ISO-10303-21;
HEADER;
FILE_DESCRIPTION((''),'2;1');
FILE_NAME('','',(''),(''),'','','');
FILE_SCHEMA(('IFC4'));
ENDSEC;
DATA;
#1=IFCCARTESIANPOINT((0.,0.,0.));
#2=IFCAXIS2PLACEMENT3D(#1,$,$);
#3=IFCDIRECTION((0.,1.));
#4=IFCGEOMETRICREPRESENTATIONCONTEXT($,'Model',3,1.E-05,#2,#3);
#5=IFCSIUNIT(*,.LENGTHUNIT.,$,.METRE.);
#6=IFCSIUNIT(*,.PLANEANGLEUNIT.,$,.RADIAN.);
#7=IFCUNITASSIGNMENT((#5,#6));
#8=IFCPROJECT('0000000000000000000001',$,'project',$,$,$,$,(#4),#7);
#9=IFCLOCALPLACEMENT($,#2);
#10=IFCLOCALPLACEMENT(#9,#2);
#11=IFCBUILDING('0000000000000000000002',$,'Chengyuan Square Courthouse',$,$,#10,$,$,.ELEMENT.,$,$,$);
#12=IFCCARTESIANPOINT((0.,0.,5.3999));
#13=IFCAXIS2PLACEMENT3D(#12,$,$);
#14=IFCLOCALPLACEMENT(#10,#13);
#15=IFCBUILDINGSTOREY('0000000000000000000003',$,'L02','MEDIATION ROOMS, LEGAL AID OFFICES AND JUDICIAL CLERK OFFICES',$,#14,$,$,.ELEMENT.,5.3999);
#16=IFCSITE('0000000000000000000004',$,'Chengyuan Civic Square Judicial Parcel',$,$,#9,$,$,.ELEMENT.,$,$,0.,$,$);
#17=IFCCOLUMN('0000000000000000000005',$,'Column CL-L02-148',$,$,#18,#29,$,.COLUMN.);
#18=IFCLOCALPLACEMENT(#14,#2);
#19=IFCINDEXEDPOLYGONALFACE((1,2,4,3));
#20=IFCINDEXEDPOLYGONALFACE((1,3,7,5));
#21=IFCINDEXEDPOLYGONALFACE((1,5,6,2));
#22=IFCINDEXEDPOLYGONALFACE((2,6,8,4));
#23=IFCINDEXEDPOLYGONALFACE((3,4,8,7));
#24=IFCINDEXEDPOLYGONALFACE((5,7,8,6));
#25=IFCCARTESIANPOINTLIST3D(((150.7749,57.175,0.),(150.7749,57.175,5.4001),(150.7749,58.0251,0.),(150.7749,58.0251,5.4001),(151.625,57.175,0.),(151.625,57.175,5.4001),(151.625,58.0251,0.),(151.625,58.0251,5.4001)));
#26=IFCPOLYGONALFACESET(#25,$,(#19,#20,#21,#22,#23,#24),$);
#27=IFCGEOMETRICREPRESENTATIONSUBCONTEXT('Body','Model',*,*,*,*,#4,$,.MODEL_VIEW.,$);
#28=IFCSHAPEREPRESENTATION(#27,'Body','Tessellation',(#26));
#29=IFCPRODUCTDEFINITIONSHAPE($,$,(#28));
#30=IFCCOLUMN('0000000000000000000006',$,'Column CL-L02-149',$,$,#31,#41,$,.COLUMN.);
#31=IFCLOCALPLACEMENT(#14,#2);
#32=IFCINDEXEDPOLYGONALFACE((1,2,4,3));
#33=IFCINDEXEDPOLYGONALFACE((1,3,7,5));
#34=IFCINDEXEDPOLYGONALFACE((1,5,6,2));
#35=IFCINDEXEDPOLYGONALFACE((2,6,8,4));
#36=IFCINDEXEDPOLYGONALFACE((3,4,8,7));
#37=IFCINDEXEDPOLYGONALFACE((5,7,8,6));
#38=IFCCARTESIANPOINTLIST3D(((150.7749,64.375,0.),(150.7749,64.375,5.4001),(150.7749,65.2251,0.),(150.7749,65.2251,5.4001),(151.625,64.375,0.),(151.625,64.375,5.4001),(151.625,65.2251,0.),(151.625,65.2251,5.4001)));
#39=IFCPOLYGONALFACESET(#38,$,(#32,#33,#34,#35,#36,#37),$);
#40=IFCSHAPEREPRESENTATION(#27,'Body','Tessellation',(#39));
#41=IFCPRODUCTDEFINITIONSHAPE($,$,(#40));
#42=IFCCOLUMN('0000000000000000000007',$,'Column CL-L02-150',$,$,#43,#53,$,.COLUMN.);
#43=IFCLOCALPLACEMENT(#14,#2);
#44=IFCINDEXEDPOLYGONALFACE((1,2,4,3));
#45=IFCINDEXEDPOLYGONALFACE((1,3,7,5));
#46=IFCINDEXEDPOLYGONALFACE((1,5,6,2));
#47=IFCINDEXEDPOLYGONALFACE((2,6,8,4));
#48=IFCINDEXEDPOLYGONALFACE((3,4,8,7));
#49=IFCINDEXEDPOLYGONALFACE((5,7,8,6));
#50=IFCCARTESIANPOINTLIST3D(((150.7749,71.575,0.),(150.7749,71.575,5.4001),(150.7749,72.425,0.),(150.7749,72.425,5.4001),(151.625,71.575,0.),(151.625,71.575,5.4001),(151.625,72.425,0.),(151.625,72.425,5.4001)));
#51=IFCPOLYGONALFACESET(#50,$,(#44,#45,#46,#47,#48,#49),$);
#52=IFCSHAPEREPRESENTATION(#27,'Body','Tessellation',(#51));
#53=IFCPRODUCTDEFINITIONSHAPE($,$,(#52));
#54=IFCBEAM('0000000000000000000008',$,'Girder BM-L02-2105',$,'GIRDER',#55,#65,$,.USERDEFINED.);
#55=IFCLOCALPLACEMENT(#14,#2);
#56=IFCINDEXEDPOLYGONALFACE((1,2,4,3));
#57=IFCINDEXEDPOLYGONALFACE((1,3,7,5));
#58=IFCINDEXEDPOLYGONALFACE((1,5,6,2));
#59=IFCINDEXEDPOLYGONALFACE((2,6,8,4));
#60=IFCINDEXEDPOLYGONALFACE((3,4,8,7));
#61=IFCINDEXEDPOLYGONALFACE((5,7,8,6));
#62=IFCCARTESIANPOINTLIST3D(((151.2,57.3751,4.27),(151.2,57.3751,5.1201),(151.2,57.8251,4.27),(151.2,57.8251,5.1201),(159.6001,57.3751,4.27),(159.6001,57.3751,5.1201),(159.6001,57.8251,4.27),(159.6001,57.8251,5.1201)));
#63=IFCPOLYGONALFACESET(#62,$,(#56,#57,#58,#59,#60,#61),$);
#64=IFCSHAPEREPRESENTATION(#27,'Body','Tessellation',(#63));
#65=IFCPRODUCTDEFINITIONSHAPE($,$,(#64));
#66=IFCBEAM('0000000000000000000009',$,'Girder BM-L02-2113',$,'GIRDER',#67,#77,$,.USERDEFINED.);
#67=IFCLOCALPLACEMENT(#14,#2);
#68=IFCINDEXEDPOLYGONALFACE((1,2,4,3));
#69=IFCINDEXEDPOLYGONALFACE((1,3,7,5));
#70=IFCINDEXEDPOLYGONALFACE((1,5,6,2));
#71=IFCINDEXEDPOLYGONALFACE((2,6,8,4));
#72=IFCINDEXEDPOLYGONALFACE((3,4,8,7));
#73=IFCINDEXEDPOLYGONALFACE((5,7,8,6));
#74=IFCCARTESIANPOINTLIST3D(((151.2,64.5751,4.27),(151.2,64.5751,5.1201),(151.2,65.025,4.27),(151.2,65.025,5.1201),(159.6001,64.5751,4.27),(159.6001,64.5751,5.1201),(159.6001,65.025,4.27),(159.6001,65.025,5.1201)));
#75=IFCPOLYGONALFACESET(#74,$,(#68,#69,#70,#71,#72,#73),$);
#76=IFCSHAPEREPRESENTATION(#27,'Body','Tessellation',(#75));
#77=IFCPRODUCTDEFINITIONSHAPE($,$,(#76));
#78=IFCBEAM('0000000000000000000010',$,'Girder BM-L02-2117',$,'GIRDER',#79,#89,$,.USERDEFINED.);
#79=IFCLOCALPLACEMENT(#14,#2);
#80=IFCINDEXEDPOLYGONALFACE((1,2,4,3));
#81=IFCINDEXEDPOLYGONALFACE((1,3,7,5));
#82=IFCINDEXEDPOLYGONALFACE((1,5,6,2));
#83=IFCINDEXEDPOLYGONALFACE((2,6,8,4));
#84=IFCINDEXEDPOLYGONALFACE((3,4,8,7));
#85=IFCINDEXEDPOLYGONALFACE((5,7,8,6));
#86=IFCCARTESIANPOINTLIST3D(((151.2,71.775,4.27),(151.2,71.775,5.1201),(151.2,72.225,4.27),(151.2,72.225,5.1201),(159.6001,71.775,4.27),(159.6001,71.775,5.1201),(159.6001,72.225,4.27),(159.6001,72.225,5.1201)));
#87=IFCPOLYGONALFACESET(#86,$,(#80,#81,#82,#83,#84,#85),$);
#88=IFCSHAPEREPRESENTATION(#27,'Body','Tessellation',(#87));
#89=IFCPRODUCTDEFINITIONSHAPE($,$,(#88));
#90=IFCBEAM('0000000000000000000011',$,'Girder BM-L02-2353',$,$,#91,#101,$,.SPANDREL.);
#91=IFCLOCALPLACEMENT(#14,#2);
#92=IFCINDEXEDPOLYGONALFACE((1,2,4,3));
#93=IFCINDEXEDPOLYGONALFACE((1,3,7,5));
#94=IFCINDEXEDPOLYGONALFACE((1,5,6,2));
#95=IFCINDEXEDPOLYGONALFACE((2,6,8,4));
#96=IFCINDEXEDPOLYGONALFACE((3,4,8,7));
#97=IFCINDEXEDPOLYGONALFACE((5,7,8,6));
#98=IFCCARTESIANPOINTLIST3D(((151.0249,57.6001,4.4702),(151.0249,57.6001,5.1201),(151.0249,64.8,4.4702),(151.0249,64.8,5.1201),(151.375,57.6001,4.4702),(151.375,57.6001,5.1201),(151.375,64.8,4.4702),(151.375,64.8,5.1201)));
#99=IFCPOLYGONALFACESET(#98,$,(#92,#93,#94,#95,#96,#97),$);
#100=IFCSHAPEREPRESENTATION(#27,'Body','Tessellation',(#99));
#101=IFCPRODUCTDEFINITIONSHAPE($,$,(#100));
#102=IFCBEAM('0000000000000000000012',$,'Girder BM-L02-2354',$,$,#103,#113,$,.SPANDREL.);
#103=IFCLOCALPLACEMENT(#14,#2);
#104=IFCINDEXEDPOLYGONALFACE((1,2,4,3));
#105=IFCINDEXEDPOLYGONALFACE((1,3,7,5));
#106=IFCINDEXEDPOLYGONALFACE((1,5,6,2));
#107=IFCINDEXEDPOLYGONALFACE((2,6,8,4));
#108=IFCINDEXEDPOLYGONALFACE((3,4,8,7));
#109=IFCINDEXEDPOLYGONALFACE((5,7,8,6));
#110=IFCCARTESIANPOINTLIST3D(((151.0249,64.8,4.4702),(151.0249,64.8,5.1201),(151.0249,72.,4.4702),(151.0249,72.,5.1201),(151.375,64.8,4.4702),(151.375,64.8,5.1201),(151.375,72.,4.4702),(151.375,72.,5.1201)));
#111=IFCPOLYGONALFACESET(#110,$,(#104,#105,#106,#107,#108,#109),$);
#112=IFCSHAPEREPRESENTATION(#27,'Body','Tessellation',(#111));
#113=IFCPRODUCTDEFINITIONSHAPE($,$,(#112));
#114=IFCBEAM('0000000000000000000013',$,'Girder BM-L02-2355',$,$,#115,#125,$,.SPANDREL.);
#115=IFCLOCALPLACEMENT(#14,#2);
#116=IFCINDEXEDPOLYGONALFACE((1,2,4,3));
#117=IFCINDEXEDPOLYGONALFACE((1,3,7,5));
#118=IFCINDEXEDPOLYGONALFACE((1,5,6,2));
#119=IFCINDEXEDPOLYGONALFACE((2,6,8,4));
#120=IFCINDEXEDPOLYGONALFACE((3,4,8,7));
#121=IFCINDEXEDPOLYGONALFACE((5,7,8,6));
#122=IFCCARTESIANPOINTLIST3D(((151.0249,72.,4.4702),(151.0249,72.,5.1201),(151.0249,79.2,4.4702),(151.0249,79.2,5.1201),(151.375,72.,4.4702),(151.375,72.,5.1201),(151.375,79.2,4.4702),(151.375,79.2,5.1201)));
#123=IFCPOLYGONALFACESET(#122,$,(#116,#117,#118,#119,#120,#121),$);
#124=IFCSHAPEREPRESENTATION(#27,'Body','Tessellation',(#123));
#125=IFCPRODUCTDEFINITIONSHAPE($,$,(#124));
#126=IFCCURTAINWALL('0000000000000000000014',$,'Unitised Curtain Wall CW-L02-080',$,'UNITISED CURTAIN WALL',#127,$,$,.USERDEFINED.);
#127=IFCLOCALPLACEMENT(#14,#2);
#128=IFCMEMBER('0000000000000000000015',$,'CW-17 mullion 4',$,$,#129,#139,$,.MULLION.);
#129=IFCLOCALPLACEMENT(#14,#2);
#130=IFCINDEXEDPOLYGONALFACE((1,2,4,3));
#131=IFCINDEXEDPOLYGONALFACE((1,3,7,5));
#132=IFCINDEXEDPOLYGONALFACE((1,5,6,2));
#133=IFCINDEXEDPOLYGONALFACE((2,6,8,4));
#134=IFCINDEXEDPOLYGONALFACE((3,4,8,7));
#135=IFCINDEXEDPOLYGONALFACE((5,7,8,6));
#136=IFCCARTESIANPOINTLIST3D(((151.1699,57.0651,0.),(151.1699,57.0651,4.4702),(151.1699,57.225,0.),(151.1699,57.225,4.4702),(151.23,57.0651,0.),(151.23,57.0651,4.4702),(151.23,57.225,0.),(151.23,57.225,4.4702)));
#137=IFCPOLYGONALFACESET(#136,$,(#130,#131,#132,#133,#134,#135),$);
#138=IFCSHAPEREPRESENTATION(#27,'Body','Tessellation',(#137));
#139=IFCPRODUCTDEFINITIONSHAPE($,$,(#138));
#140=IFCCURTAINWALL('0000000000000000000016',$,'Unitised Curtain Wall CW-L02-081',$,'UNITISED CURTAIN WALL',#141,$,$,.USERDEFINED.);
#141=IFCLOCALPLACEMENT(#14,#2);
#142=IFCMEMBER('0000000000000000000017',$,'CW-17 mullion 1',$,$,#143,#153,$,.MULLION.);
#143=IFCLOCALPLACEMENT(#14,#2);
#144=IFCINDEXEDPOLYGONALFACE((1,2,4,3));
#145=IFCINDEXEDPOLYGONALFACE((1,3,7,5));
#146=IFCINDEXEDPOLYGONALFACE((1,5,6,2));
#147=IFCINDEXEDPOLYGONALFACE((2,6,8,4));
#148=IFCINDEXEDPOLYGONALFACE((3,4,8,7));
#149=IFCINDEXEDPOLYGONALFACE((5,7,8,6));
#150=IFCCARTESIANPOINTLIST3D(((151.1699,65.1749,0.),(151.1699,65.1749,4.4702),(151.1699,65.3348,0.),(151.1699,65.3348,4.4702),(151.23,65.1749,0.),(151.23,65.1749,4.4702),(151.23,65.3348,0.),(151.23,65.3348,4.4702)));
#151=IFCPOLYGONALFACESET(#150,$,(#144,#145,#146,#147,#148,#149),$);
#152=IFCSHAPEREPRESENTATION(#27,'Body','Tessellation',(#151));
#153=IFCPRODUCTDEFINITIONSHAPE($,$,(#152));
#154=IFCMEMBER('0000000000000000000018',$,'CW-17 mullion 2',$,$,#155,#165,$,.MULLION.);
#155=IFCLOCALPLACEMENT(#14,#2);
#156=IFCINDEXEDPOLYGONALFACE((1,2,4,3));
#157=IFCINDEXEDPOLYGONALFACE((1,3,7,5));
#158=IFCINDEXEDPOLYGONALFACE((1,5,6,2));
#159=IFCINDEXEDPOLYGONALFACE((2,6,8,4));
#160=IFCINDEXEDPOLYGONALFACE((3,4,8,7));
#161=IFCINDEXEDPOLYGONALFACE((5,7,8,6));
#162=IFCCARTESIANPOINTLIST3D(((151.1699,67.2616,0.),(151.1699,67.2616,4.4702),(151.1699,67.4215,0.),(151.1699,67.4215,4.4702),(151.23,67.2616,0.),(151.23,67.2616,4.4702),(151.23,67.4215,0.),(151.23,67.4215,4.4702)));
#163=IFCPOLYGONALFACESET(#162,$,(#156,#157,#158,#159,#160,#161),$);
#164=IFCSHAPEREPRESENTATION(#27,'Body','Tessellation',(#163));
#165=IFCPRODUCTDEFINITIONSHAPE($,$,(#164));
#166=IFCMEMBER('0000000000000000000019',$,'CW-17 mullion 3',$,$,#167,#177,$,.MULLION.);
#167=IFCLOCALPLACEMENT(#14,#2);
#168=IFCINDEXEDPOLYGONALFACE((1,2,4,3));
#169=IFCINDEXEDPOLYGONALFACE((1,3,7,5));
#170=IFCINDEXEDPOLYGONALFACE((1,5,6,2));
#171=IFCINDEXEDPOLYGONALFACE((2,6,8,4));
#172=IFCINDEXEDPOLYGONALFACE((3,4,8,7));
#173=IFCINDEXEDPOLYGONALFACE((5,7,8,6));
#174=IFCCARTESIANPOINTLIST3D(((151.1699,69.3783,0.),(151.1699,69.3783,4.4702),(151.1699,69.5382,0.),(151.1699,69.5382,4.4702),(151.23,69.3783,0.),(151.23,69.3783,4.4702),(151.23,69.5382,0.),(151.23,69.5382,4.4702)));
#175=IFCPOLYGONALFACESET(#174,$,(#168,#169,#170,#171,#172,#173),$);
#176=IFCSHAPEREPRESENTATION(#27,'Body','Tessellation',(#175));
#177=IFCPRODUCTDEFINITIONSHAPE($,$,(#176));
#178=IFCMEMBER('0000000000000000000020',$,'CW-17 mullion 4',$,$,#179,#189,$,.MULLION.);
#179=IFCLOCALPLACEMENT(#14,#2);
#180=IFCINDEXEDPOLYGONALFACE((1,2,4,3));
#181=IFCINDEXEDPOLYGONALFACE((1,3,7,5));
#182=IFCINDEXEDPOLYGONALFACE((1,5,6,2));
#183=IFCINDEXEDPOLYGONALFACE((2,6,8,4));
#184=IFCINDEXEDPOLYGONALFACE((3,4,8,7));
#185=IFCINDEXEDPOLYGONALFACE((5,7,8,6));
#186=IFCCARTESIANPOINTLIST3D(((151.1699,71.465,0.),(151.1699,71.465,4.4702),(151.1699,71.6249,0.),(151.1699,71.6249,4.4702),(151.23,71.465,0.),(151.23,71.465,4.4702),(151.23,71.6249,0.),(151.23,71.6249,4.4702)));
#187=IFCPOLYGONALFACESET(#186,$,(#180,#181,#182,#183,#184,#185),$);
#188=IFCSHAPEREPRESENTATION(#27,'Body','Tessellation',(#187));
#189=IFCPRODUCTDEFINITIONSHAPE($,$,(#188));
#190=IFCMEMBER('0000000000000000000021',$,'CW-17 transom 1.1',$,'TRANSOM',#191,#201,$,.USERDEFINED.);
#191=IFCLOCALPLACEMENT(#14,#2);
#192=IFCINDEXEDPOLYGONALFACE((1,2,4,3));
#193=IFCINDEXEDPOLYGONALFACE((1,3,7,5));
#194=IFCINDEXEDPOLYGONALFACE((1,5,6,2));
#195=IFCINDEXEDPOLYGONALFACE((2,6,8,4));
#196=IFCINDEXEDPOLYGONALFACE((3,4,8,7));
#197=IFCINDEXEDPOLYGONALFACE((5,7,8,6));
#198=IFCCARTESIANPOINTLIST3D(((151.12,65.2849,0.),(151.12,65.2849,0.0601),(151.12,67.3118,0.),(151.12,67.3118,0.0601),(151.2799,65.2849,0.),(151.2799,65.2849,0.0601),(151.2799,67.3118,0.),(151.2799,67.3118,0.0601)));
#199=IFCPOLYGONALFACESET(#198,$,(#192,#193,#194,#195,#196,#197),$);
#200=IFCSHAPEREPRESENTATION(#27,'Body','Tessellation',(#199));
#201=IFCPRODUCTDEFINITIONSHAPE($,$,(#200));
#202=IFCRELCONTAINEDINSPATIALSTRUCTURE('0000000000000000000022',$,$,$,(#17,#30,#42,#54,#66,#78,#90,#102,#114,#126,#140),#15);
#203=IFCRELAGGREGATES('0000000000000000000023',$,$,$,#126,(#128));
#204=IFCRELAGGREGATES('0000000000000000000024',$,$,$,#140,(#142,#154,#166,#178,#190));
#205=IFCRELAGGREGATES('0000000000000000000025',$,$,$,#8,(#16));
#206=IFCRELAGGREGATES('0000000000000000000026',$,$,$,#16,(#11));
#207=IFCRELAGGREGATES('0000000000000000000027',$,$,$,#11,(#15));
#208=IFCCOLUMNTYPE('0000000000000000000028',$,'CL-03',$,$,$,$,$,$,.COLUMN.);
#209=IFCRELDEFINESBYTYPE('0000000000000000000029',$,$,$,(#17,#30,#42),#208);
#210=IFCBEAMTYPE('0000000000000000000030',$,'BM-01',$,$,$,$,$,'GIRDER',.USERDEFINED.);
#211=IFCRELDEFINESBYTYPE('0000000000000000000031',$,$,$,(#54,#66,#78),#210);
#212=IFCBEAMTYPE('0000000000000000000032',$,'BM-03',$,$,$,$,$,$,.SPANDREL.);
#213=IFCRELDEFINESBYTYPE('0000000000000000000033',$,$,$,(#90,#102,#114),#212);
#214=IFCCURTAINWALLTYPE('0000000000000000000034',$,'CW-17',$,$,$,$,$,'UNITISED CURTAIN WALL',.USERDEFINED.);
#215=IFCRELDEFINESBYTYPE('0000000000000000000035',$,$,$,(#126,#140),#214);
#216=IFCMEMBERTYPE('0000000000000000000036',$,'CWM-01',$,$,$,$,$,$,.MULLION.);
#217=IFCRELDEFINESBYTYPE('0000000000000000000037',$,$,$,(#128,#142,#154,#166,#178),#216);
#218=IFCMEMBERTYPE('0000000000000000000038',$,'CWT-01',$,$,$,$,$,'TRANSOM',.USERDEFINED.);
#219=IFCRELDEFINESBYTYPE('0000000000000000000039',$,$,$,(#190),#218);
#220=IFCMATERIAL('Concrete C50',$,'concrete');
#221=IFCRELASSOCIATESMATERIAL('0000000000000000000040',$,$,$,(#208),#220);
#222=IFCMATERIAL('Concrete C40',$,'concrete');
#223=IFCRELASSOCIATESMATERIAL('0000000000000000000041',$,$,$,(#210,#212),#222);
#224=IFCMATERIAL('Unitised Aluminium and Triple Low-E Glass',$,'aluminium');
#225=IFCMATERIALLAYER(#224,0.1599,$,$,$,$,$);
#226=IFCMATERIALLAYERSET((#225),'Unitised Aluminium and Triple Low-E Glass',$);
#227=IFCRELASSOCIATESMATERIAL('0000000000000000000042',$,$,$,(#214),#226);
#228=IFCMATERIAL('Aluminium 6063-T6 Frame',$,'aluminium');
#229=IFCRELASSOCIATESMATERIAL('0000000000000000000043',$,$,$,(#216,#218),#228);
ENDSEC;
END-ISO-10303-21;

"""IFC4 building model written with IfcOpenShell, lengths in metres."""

from ifc_helpers import new_model, si_unit, direction, frame, origin, origin_2d, place, context, subcontext, project, spatial, rectangle, extrude, material, layer, layer_set, material_profile, profile_set, type_object, element, aggregate, save


model = new_model("IFC4")

# Units and contexts
model_context = context("Model", 3, precision=1e-05, world=origin(), true_north=direction((0.0, 1.0)))
body_context = subcontext(model_context, "Body", "Model", "MODEL_VIEW")
ifc_project = project(units=[si_unit("LENGTHUNIT", "METRE"), si_unit("PLANEANGLEUNIT", "RADIAN")], contexts=[model_context])

# Site, building, storey
site_placement = place(None, origin())
site = spatial("IfcSite", under=ifc_project, at=site_placement, Name="Chengyuan Civic Square Judicial Parcel", CompositionType="ELEMENT", RefElevation=0.0)
building_placement = place(site_placement, origin())
building = spatial("IfcBuilding", under=site, at=building_placement, Name="Chengyuan Square Courthouse", CompositionType="ELEMENT")
storey_placement = place(building_placement, frame((0.0, 0.0, 5.3999)))
storey = spatial("IfcBuildingStorey", under=building, at=storey_placement, Name="L02", Description="MEDIATION ROOMS, LEGAL AID OFFICES AND JUDICIAL CLERK OFFICES", CompositionType="ELEMENT", Elevation=5.3999)

# Columns
ifc_material_1 = material(Name="Concrete C50", Category="concrete")
ifc_material_profile_1 = material_profile(ifc_material_1, rectangle(XDim=0.8501, YDim=0.8501, at=origin_2d()), Name="RC-COL-850x850")
ifc_profile_set_1 = profile_set([ifc_material_profile_1], Name="Concrete C50")
column_type = type_object("IfcColumnType", Name="CL-03", PredefinedType="COLUMN", material=ifc_profile_set_1)
for number, where, z_axis, x_axis, name in (
    (1, (151.2, 57.6001, 0.0), (0.0, 0.0, 1.0), (1.0, 0.0, 0.0), "Column CL-L02-148"),
    (2, (151.2, 64.8, 0.0), (0.0, 0.0, 1.0), (1.0, 0.0, 0.0), "Column CL-L02-149"),
    (3, (151.2, 72.0, 0.0), (0.0, 0.0, 1.0), (1.0, 0.0, 0.0), "Column CL-L02-150"),
):
    element("IfcColumn", number, at=place(storey_placement, frame(where, z_axis=z_axis, x_axis=x_axis)), inside=storey, type_object=column_type, Name=name, PredefinedType="COLUMN", context=body_context, shape_type="SweptSolid", body=[
        extrude(rectangle(XDim=0.8501, YDim=0.8501, at=origin_2d()), origin(), (0.0, 0.0, 1.0), 5.4001),
    ])

# Beams
ifc_material_2 = material(Name="Concrete C40", Category="concrete")
ifc_material_profile_2 = material_profile(ifc_material_2, rectangle(XDim=0.45, YDim=0.8501, at=origin_2d()), Name="RC-BM-450x850")
ifc_profile_set_2 = profile_set([ifc_material_profile_2], Name="Concrete C40")
beam_type_1 = type_object("IfcBeamType", Name="BM-01", ElementType="GIRDER", PredefinedType="USERDEFINED", material=ifc_profile_set_2)
for number, where, z_axis, x_axis, name in (
    (4, (151.2, 57.6001, 4.6951), (1.0, 0.0, 0.0), (0.0, 1.0, 0.0), "Girder BM-L02-2105"),
    (5, (151.2, 64.8, 4.6951), (1.0, 0.0, 0.0), (0.0, 1.0, 0.0), "Girder BM-L02-2113"),
    (6, (151.2, 72.0, 4.6951), (1.0, 0.0, 0.0), (0.0, 1.0, 0.0), "Girder BM-L02-2117"),
):
    element("IfcBeam", number, at=place(storey_placement, frame(where, z_axis=z_axis, x_axis=x_axis)), inside=storey, type_object=beam_type_1, Name=name, ObjectType="GIRDER", PredefinedType="USERDEFINED", context=body_context, shape_type="SweptSolid", body=[
        extrude(rectangle(XDim=0.45, YDim=0.8501, at=origin_2d()), origin(), (0.0, 0.0, 1.0), 8.4001),
    ])
ifc_material_profile_3 = material_profile(ifc_material_2, rectangle(XDim=0.3501, YDim=0.6499, at=origin_2d()), Name="RC-BM-350x650")
ifc_profile_set_3 = profile_set([ifc_material_profile_3], Name="Concrete C40")
beam_type_2 = type_object("IfcBeamType", Name="BM-03", PredefinedType="SPANDREL", material=ifc_profile_set_3)
for number, where, z_axis, x_axis, name in (
    (7, (151.2, 57.6001, 4.7952), (0.0, 1.0, 0.0), (-1.0, 0.0, 0.0), "Girder BM-L02-2353"),
    (8, (151.2, 64.8, 4.7952), (0.0, 1.0, 0.0), (-1.0, 0.0, 0.0), "Girder BM-L02-2354"),
    (9, (151.2, 72.0, 4.7952), (0.0, 1.0, 0.0), (-1.0, 0.0, 0.0), "Girder BM-L02-2355"),
):
    element("IfcBeam", number, at=place(storey_placement, frame(where, z_axis=z_axis, x_axis=x_axis)), inside=storey, type_object=beam_type_2, Name=name, PredefinedType="SPANDREL", context=body_context, shape_type="SweptSolid", body=[
        extrude(rectangle(XDim=0.3501, YDim=0.6499, at=origin_2d()), origin(), (0.0, 0.0, 1.0), 7.2),
    ])

# Curtain wall, member
ifc_material_3 = material(Name="Unitised Aluminium and Triple Low-E Glass", Category="aluminium")
ifc_layer_1 = layer(ifc_material_3, 0.1599)
ifc_layer_set_1 = layer_set([ifc_layer_1], Name="Unitised Aluminium and Triple Low-E Glass")
curtain_wall_type = type_object("IfcCurtainWallType", Name="CW-17", ElementType="UNITISED CURTAIN WALL", PredefinedType="USERDEFINED", material=ifc_layer_set_1)
curtain_wall_1_placement = place(storey_placement, origin())
curtain_wall_1 = element("IfcCurtainWall", 10, at=curtain_wall_1_placement, inside=storey, type_object=curtain_wall_type, Name="Unitised Curtain Wall CW-L02-080", ObjectType="UNITISED CURTAIN WALL", PredefinedType="USERDEFINED")
ifc_material_4 = material(Name="Aluminium 6063-T6 Frame", Category="aluminium")
ifc_material_profile_4 = material_profile(ifc_material_4, rectangle(XDim=0.0601, YDim=0.1599, at=origin_2d()), Name="CW-MUL-60x160")
ifc_profile_set_4 = profile_set([ifc_material_profile_4], Name="Aluminium 6063-T6 Frame")
member_type_1 = type_object("IfcMemberType", Name="CWM-01", PredefinedType="MULLION", material=ifc_profile_set_4)
member_1_placement = place(storey_placement, frame((151.2, 57.145, 0.0), z_axis=(0.0, 0.0, 1.0), x_axis=(-1.0, 0.0, 0.0)))
member_1 = element("IfcMember", 11, at=member_1_placement, type_object=member_type_1, Name="CW-17 mullion 4", PredefinedType="MULLION", context=body_context, shape_type="SweptSolid", body=[
    extrude(rectangle(XDim=0.0601, YDim=0.1599, at=origin_2d()), origin(), (0.0, 0.0, 1.0), 4.4702),
])

# Curtain wall, members
curtain_wall_2_placement = place(storey_placement, origin())
curtain_wall_2 = element("IfcCurtainWall", 12, at=curtain_wall_2_placement, inside=storey, type_object=curtain_wall_type, Name="Unitised Curtain Wall CW-L02-081", ObjectType="UNITISED CURTAIN WALL", PredefinedType="USERDEFINED")
member_2_placement = place(storey_placement, frame((151.2, 65.2549, 0.0), z_axis=(0.0, 0.0, 1.0), x_axis=(-1.0, 0.0, 0.0)))
member_2 = element("IfcMember", 13, at=member_2_placement, type_object=member_type_1, Name="CW-17 mullion 1", PredefinedType="MULLION", context=body_context, shape_type="SweptSolid", body=[
    extrude(rectangle(XDim=0.0601, YDim=0.1599, at=origin_2d()), origin(), (0.0, 0.0, 1.0), 4.4702),
])
member_3_placement = place(storey_placement, frame((151.2, 67.3416, 0.0), z_axis=(0.0, 0.0, 1.0), x_axis=(-1.0, 0.0, 0.0)))
member_3 = element("IfcMember", 14, at=member_3_placement, type_object=member_type_1, Name="CW-17 mullion 2", PredefinedType="MULLION", context=body_context, shape_type="SweptSolid", body=[
    extrude(rectangle(XDim=0.0601, YDim=0.1599, at=origin_2d()), origin(), (0.0, 0.0, 1.0), 4.4702),
])
member_4_placement = place(storey_placement, frame((151.2, 69.4583, 0.0), z_axis=(0.0, 0.0, 1.0), x_axis=(-1.0, 0.0, 0.0)))
member_4 = element("IfcMember", 15, at=member_4_placement, type_object=member_type_1, Name="CW-17 mullion 3", PredefinedType="MULLION", context=body_context, shape_type="SweptSolid", body=[
    extrude(rectangle(XDim=0.0601, YDim=0.1599, at=origin_2d()), origin(), (0.0, 0.0, 1.0), 4.4702),
])
member_5_placement = place(storey_placement, frame((151.2, 71.5449, 0.0), z_axis=(0.0, 0.0, 1.0), x_axis=(-1.0, 0.0, 0.0)))
member_5 = element("IfcMember", 16, at=member_5_placement, type_object=member_type_1, Name="CW-17 mullion 4", PredefinedType="MULLION", context=body_context, shape_type="SweptSolid", body=[
    extrude(rectangle(XDim=0.0601, YDim=0.1599, at=origin_2d()), origin(), (0.0, 0.0, 1.0), 4.4702),
])
ifc_material_profile_5 = material_profile(ifc_material_4, rectangle(XDim=0.1599, YDim=0.0601, at=origin_2d()), Name="CW-TRN-60x120")
ifc_profile_set_5 = profile_set([ifc_material_profile_5], Name="Aluminium 6063-T6 Frame")
member_type_2 = type_object("IfcMemberType", Name="CWT-01", ElementType="TRANSOM", PredefinedType="USERDEFINED", material=ifc_profile_set_5)
member_6_placement = place(storey_placement, frame((151.2, 65.2849, 0.03), z_axis=(0.0, 1.0, 0.0), x_axis=(-1.0, 0.0, 0.0)))
member_6 = element("IfcMember", 17, at=member_6_placement, type_object=member_type_2, Name="CW-17 transom 1.1", ObjectType="TRANSOM", PredefinedType="USERDEFINED", context=body_context, shape_type="SweptSolid", body=[
    extrude(rectangle(XDim=0.1599, YDim=0.0601, at=origin_2d()), origin(), (0.0, 0.0, 1.0), 2.0269),
])

aggregate(curtain_wall_1, [member_1])
aggregate(curtain_wall_2, [member_2, member_3, member_4, member_5, member_6])

save(model, "model.ifc")
